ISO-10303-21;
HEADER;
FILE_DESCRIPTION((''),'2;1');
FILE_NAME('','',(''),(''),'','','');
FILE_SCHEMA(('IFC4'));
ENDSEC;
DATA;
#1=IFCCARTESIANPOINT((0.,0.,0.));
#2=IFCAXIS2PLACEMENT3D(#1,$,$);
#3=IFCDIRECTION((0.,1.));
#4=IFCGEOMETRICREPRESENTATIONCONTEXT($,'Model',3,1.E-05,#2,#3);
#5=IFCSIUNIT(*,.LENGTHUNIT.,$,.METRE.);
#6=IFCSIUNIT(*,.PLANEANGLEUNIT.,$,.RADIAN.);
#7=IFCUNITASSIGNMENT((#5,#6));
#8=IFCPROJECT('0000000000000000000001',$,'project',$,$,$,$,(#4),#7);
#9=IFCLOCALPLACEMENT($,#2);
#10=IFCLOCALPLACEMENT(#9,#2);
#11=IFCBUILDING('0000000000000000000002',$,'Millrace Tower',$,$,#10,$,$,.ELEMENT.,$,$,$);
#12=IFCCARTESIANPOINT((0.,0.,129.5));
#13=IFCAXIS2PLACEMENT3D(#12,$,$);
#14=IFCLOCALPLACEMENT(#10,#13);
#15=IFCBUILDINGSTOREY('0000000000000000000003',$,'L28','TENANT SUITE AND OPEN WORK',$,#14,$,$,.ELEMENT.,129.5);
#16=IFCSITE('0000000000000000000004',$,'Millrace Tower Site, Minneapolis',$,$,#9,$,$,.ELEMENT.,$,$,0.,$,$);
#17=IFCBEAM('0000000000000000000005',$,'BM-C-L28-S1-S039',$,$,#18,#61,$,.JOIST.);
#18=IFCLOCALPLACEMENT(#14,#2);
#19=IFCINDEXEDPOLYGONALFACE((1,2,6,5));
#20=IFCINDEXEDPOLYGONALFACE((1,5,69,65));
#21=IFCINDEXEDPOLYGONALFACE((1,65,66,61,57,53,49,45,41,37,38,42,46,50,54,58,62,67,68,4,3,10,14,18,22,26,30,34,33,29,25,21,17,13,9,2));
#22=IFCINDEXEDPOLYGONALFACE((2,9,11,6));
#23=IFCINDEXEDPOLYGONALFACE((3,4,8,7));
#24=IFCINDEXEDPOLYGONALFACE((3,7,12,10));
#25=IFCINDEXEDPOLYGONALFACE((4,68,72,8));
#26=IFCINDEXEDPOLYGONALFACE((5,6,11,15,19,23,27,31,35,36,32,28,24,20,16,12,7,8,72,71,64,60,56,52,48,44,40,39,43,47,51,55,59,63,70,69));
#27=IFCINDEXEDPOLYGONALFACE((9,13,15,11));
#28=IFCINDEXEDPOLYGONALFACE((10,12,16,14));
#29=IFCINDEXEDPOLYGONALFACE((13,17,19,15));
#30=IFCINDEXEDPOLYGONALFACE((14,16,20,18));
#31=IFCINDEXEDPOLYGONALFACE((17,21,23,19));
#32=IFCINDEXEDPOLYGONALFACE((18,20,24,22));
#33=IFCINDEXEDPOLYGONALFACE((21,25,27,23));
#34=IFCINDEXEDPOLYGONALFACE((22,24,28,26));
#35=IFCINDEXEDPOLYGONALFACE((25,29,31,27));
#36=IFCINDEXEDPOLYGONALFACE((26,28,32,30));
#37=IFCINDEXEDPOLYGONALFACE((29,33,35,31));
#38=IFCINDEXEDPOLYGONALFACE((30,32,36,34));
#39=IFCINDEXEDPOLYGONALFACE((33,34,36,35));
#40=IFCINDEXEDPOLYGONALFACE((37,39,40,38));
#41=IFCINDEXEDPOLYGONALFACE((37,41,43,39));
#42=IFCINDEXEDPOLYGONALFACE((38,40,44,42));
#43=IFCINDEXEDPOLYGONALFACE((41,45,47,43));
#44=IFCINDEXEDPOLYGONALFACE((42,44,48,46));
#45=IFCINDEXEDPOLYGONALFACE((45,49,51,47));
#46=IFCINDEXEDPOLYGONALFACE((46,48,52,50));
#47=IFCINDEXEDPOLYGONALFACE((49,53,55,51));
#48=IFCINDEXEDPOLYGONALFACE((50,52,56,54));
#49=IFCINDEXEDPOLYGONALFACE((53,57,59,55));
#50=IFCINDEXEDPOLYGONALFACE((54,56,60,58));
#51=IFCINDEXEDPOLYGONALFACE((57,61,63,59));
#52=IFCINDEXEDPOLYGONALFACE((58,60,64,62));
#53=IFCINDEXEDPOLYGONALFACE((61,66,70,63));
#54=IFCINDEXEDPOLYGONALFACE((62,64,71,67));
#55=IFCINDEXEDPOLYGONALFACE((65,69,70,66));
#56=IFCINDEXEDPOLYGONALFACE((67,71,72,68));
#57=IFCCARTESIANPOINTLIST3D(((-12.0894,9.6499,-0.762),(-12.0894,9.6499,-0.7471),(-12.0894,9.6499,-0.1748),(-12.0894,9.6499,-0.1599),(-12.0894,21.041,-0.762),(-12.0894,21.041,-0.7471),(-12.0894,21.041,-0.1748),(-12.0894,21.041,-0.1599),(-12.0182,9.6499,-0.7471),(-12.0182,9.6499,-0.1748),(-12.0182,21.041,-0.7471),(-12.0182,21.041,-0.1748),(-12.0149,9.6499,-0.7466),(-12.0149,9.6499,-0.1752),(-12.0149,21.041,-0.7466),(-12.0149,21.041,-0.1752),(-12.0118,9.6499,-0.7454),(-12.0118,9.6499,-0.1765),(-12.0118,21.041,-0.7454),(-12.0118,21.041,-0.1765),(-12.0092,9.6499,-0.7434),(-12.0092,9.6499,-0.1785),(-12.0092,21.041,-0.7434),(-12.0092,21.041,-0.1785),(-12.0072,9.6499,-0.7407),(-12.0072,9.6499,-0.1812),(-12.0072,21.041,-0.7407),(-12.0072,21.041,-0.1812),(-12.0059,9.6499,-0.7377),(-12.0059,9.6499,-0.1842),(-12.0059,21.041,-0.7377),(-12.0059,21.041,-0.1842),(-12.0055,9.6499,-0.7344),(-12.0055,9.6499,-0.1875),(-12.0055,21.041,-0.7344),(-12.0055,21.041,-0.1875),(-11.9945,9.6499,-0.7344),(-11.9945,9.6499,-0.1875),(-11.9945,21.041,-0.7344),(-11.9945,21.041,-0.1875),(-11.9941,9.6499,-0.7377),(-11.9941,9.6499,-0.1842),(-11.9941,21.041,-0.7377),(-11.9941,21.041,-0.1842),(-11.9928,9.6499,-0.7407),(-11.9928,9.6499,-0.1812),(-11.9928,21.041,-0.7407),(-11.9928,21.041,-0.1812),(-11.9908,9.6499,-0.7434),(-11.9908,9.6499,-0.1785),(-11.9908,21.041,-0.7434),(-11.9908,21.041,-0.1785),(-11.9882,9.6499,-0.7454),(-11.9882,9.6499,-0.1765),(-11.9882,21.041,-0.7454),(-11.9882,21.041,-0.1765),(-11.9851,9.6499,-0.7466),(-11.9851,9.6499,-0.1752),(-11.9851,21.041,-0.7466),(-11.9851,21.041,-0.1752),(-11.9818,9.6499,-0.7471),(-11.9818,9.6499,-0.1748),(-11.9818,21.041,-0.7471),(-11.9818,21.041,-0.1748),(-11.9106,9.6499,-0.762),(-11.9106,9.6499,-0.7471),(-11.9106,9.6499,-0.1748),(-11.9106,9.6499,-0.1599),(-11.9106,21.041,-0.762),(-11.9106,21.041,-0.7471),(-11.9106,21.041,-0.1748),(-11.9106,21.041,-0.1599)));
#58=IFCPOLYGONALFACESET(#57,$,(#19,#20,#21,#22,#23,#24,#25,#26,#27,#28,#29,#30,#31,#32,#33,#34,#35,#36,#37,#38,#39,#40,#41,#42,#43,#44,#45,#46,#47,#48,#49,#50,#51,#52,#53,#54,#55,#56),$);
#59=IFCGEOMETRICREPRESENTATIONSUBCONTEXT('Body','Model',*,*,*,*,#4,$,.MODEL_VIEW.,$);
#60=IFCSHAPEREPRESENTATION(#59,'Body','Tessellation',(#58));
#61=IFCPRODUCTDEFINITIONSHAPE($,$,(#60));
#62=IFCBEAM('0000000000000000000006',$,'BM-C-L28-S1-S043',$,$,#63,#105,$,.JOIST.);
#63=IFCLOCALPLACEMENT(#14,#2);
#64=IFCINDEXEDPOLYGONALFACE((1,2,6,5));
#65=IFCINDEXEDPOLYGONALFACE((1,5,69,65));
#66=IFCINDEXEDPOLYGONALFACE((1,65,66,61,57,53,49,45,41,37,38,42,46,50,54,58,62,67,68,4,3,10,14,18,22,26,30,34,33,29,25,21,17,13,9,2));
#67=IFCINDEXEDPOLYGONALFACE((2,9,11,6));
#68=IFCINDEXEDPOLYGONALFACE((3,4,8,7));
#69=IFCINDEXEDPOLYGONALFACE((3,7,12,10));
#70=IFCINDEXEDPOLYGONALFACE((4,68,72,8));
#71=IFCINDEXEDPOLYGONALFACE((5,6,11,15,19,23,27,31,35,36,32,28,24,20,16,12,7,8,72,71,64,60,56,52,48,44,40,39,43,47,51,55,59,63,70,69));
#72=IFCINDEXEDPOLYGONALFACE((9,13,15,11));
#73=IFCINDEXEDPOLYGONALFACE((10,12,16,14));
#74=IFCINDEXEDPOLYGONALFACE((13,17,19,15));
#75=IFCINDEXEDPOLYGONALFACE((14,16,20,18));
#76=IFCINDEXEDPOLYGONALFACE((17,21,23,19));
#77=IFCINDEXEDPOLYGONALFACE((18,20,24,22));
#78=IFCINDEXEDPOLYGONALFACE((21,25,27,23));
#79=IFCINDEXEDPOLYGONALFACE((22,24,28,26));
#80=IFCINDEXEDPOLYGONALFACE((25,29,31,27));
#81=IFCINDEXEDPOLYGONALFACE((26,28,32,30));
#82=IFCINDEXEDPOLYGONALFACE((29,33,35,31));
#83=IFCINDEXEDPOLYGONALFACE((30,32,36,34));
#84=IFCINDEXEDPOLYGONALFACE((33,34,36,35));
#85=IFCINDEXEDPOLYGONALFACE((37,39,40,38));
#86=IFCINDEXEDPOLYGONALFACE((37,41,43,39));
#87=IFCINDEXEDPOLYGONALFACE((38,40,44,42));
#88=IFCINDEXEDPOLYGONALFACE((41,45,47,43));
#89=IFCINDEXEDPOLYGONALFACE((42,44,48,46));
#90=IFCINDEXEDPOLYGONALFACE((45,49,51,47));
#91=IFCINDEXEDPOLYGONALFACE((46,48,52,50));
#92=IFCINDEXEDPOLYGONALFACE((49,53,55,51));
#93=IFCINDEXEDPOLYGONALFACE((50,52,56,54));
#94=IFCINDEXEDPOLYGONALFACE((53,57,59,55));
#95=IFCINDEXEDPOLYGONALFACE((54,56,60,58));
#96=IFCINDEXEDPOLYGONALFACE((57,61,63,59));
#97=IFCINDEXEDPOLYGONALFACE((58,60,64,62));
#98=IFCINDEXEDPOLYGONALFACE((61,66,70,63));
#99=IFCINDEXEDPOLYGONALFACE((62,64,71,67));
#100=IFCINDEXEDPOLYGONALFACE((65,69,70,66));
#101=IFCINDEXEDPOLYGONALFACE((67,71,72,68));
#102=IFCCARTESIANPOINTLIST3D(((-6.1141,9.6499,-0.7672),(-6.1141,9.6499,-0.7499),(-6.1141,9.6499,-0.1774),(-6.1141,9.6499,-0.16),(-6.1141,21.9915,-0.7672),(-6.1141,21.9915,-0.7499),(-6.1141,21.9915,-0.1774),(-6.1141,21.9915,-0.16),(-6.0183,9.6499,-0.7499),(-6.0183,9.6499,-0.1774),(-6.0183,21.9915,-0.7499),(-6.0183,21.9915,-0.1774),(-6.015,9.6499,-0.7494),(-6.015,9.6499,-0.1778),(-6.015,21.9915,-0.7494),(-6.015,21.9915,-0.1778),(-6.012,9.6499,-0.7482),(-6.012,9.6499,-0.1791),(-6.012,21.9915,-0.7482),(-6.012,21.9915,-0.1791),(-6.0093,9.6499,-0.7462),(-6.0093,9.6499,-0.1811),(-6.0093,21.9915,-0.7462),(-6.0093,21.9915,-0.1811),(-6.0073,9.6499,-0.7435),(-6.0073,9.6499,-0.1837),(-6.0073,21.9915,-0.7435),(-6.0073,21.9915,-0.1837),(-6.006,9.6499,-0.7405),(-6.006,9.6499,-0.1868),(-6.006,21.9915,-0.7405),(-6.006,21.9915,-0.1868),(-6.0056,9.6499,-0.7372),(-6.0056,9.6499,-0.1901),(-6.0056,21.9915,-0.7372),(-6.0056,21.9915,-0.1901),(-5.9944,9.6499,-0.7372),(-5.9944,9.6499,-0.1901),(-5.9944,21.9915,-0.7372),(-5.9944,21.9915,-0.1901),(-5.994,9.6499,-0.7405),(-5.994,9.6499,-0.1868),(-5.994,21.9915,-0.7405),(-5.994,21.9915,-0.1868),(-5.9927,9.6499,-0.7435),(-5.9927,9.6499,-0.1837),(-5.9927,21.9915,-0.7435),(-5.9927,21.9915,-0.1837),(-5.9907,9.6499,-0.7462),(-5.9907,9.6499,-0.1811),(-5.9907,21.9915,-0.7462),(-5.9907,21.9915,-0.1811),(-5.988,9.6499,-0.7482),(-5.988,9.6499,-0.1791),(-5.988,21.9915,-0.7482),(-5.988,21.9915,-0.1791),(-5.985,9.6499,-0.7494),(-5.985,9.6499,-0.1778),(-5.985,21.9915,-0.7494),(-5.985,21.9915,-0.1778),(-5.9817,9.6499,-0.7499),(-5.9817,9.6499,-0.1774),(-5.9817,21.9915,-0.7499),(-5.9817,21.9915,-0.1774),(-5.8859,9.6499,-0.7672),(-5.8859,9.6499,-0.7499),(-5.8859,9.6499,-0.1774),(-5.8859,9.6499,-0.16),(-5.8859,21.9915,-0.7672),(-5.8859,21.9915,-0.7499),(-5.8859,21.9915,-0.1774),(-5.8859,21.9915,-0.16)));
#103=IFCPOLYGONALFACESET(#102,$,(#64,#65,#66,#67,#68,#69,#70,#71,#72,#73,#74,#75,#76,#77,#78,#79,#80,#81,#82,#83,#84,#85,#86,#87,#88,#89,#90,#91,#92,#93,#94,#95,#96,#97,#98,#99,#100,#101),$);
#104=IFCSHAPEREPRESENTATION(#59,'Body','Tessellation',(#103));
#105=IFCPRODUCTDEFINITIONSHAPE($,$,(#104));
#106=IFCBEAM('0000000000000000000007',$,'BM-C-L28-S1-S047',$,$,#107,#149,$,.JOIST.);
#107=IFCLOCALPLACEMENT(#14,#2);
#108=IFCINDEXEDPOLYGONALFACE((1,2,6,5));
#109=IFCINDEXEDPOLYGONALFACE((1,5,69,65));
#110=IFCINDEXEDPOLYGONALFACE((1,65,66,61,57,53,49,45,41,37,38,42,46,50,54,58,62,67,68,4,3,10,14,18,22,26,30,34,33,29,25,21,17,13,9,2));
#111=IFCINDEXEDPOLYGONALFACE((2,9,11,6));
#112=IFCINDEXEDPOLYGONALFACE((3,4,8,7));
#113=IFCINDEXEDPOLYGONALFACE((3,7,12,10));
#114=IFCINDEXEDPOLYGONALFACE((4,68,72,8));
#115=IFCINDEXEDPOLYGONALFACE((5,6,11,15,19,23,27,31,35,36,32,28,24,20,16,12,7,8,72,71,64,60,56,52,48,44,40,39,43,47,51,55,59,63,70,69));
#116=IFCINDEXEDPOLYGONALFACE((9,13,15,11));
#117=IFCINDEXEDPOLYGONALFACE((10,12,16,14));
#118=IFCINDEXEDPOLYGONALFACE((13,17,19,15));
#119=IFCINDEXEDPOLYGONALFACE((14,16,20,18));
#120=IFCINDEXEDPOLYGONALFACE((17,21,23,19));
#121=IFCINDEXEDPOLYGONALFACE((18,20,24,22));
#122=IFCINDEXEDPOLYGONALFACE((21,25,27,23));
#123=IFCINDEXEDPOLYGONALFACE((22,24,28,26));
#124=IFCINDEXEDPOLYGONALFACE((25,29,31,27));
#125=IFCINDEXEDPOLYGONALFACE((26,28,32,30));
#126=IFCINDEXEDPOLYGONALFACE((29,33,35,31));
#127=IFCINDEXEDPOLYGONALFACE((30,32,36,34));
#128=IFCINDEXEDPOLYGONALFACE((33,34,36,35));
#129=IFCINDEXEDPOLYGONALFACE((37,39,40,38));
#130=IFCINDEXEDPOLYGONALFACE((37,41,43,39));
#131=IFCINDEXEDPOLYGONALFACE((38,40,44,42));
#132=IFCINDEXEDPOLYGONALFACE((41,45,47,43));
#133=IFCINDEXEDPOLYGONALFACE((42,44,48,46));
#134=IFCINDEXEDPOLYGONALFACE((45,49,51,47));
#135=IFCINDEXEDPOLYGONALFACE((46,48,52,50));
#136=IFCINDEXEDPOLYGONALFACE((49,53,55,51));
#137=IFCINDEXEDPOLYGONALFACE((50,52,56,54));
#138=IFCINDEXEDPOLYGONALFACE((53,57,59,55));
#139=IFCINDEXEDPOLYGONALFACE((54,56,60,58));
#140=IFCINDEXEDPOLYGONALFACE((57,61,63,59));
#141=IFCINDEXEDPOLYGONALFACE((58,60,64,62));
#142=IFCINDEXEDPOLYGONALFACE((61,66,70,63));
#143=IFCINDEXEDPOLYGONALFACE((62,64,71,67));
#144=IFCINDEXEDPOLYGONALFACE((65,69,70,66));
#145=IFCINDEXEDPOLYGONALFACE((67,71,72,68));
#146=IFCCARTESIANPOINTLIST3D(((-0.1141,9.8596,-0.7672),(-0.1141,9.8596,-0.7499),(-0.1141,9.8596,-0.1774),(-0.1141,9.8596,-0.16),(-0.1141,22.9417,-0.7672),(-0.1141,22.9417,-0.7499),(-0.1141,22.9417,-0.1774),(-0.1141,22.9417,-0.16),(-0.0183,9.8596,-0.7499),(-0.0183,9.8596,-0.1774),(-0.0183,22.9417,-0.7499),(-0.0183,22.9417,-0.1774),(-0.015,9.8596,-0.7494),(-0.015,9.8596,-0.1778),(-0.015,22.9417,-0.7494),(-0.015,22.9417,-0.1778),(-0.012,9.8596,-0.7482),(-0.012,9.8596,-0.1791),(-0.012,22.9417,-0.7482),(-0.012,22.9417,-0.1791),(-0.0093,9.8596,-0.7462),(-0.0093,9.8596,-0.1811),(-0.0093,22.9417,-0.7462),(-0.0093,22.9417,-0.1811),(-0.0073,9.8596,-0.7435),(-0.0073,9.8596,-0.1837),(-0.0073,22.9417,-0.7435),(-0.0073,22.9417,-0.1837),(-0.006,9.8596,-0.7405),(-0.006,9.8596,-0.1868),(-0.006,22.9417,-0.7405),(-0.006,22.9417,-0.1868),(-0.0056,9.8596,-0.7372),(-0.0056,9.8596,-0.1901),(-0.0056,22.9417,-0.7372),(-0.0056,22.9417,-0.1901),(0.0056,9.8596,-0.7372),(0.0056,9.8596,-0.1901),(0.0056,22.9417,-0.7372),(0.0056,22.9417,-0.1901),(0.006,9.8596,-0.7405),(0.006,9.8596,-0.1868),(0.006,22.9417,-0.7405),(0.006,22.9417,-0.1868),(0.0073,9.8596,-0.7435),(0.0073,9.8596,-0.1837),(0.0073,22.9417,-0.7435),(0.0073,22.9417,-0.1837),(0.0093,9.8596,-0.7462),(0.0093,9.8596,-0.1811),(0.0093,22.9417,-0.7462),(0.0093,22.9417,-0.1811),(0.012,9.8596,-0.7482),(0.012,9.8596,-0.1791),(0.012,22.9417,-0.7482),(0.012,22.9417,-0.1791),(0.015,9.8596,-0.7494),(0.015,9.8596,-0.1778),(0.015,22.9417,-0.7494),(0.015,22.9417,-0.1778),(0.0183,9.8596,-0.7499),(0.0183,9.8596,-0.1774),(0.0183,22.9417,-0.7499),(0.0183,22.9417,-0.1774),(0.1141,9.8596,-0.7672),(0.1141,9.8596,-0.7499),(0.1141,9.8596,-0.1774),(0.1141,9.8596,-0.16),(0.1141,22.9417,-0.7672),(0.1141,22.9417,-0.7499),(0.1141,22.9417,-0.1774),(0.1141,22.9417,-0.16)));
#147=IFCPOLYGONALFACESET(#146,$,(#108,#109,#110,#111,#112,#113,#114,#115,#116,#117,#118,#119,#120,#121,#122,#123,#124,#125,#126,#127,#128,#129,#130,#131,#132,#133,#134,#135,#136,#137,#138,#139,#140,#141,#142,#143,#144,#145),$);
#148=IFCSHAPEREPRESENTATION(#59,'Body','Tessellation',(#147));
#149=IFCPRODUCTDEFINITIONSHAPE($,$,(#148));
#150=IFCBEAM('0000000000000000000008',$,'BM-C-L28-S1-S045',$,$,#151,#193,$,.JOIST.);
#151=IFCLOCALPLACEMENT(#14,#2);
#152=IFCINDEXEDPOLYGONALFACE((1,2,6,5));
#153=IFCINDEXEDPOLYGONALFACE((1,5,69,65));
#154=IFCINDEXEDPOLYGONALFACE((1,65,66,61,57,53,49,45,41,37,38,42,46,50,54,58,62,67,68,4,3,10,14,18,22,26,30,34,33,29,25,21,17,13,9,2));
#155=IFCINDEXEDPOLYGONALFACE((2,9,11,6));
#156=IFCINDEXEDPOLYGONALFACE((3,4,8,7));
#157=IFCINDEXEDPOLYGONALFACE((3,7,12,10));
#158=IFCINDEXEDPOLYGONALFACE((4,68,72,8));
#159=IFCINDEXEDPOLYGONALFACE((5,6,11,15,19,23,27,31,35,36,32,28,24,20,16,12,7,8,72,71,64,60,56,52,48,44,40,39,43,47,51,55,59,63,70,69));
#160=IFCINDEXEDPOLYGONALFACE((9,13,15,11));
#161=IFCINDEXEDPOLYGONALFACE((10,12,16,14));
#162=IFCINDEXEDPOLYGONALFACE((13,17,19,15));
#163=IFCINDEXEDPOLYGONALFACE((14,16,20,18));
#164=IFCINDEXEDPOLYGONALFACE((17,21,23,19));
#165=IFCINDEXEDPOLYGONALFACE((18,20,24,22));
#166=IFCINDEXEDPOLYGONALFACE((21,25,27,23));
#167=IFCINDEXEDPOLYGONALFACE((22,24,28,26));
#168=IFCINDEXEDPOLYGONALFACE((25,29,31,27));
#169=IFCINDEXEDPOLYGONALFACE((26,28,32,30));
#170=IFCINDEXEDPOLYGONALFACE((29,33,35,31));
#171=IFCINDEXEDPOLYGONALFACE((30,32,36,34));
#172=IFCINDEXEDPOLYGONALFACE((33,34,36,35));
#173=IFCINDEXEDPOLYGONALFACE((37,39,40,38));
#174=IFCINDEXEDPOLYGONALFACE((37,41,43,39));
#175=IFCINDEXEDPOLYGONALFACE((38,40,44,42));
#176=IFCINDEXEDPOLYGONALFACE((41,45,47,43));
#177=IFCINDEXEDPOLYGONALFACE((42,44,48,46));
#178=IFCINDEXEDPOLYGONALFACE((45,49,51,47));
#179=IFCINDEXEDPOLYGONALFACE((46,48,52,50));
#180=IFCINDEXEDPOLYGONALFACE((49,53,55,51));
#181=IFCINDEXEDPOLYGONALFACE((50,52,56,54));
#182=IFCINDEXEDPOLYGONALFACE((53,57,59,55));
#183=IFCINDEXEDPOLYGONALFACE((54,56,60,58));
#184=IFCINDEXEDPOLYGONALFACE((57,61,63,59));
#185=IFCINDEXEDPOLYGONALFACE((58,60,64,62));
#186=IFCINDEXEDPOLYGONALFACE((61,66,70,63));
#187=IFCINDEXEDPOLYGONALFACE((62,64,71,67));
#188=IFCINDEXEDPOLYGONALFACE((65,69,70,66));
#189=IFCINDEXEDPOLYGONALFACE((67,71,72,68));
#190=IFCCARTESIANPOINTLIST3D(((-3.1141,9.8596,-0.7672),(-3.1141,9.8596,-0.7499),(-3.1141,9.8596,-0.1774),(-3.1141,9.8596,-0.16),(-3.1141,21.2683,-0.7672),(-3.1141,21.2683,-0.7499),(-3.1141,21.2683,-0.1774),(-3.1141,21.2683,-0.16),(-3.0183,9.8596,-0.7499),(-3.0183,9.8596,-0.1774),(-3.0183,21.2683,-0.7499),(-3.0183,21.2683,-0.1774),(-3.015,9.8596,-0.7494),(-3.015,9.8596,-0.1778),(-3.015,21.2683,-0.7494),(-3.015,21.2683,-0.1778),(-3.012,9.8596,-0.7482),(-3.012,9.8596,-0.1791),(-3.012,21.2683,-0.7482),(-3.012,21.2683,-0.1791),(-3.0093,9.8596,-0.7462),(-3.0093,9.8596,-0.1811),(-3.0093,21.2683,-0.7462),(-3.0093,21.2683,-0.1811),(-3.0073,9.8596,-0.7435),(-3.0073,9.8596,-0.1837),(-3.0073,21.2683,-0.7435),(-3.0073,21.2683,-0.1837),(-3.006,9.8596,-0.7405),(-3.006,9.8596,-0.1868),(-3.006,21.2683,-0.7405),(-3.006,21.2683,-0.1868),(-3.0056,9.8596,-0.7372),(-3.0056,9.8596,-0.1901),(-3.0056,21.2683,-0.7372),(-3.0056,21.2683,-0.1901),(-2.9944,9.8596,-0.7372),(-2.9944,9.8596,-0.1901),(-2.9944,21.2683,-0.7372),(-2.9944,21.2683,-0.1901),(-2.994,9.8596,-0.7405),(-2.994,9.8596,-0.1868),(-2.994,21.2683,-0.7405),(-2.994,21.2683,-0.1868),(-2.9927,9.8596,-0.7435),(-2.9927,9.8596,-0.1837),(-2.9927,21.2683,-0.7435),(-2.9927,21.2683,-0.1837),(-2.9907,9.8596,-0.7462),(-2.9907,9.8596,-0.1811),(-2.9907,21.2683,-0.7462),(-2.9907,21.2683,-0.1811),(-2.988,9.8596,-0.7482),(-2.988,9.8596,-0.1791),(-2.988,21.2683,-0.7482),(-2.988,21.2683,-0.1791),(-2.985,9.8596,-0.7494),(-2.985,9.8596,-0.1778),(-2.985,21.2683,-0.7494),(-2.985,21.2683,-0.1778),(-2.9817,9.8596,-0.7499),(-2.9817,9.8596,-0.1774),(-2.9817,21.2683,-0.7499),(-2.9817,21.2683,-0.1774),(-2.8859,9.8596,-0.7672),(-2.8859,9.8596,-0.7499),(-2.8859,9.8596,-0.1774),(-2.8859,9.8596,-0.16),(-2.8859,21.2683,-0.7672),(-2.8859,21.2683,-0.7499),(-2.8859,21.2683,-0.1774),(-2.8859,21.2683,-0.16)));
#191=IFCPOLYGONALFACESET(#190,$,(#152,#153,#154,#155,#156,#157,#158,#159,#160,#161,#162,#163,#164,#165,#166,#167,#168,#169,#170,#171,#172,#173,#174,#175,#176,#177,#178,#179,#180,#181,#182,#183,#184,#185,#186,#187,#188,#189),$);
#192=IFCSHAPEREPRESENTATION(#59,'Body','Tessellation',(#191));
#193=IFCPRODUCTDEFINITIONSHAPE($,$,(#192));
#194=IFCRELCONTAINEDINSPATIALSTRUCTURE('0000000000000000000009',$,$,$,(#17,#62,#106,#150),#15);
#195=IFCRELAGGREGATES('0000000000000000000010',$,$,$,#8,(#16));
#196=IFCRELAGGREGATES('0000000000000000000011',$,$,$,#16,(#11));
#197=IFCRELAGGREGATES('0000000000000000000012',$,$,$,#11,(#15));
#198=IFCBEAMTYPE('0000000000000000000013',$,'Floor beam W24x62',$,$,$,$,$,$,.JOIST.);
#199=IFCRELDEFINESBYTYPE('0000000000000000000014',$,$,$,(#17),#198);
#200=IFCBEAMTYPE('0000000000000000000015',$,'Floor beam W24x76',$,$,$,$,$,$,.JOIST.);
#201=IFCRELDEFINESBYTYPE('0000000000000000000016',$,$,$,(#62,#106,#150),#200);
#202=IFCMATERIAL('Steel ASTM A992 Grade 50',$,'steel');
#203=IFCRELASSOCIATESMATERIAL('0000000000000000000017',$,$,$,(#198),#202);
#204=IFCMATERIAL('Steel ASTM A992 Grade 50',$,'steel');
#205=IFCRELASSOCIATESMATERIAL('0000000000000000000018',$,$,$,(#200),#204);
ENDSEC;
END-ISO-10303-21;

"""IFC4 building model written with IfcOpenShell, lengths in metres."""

from ifc_helpers import new_model, si_unit, direction, frame, origin, origin_2d, place, context, subcontext, project, spatial, i_section, extrude, material, material_profile, profile_set, type_object, element, save


model = new_model("IFC4")

# Units and contexts
model_context = context("Model", 3, precision=1e-05, world=origin(), true_north=direction((0.0, 1.0)))
body_context = subcontext(model_context, "Body", "Model", "MODEL_VIEW")
ifc_project = project(units=[si_unit("LENGTHUNIT", "METRE"), si_unit("PLANEANGLEUNIT", "RADIAN")], contexts=[model_context])

# Site, building, storey
site_placement = place(None, origin())
site = spatial("IfcSite", under=ifc_project, at=site_placement, Name="Millrace Tower Site, Minneapolis", CompositionType="ELEMENT", RefElevation=0.0)
building_placement = place(site_placement, origin())
building = spatial("IfcBuilding", under=site, at=building_placement, Name="Millrace Tower", CompositionType="ELEMENT")
storey_placement = place(building_placement, frame((0.0, 0.0, 129.5)))
storey = spatial("IfcBuildingStorey", under=building, at=storey_placement, Name="L28", Description="TENANT SUITE AND OPEN WORK", CompositionType="ELEMENT", Elevation=129.5)

# Beams
ifc_material_1 = material(Name="Steel ASTM A992 Grade 50", Category="steel")
ifc_material_profile_1 = material_profile(ifc_material_1, i_section(OverallWidth=0.1787, OverallDepth=0.6021, WebThickness=0.011, FlangeThickness=0.0149, FilletRadius=0.0127, at=origin_2d()))
ifc_profile_set_1 = profile_set([ifc_material_profile_1], Name="Steel ASTM A992 Grade 50")
beam_type_1 = type_object("IfcBeamType", Name="Floor beam W24x62", PredefinedType="JOIST", material=ifc_profile_set_1)
beam_1_placement = place(storey_placement, frame((-12.0, 9.6499, -0.4609), z_axis=(0.0, 1.0, 0.0), x_axis=(-1.0, 0.0, 0.0)))
element("IfcBeam", 1, at=beam_1_placement, inside=storey, type_object=beam_type_1, Name="BM-C-L28-S1-S039", PredefinedType="JOIST", context=body_context, shape_type="SweptSolid", body=[
    extrude(i_section(OverallWidth=0.1787, OverallDepth=0.6021, WebThickness=0.011, FlangeThickness=0.0149, FilletRadius=0.0127, at=origin_2d()), origin(), (0.0, 0.0, 1.0), 11.3911),
])
ifc_material_2 = material(Name="Steel ASTM A992 Grade 50", Category="steel")
ifc_material_profile_2 = material_profile(ifc_material_2, i_section(OverallWidth=0.2283, OverallDepth=0.6072, WebThickness=0.0112, FlangeThickness=0.0173, FilletRadius=0.0127, at=origin_2d()))
ifc_profile_set_2 = profile_set([ifc_material_profile_2], Name="Steel ASTM A992 Grade 50")
beam_type_2 = type_object("IfcBeamType", Name="Floor beam W24x76", PredefinedType="JOIST", material=ifc_profile_set_2)
beam_2_placement = place(storey_placement, frame((-6.0, 9.6499, -0.4636), z_axis=(0.0, 1.0, 0.0), x_axis=(-1.0, 0.0, 0.0)))
element("IfcBeam", 2, at=beam_2_placement, inside=storey, type_object=beam_type_2, Name="BM-C-L28-S1-S043", PredefinedType="JOIST", context=body_context, shape_type="SweptSolid", body=[
    extrude(i_section(OverallWidth=0.2283, OverallDepth=0.6072, WebThickness=0.0112, FlangeThickness=0.0173, FilletRadius=0.0127, at=origin_2d()), origin(), (0.0, 0.0, 1.0), 12.3416),
])
beam_3_placement = place(storey_placement, frame((0.0, 9.8596, -0.4636), z_axis=(0.0, 1.0, 0.0), x_axis=(-1.0, 0.0, 0.0)))
element("IfcBeam", 3, at=beam_3_placement, inside=storey, type_object=beam_type_2, Name="BM-C-L28-S1-S047", PredefinedType="JOIST", context=body_context, shape_type="SweptSolid", body=[
    extrude(i_section(OverallWidth=0.2283, OverallDepth=0.6072, WebThickness=0.0112, FlangeThickness=0.0173, FilletRadius=0.0127, at=origin_2d()), origin(), (0.0, 0.0, 1.0), 13.082),
])
beam_4_placement = place(storey_placement, frame((-3.0, 9.8596, -0.4636), z_axis=(0.0, 1.0, 0.0), x_axis=(-1.0, 0.0, 0.0)))
element("IfcBeam", 4, at=beam_4_placement, inside=storey, type_object=beam_type_2, Name="BM-C-L28-S1-S045", PredefinedType="JOIST", context=body_context, shape_type="SweptSolid", body=[
    extrude(i_section(OverallWidth=0.2283, OverallDepth=0.6072, WebThickness=0.0112, FlangeThickness=0.0173, FilletRadius=0.0127, at=origin_2d()), origin(), (0.0, 0.0, 1.0), 11.4087),
])

save(model, "model.ifc")
